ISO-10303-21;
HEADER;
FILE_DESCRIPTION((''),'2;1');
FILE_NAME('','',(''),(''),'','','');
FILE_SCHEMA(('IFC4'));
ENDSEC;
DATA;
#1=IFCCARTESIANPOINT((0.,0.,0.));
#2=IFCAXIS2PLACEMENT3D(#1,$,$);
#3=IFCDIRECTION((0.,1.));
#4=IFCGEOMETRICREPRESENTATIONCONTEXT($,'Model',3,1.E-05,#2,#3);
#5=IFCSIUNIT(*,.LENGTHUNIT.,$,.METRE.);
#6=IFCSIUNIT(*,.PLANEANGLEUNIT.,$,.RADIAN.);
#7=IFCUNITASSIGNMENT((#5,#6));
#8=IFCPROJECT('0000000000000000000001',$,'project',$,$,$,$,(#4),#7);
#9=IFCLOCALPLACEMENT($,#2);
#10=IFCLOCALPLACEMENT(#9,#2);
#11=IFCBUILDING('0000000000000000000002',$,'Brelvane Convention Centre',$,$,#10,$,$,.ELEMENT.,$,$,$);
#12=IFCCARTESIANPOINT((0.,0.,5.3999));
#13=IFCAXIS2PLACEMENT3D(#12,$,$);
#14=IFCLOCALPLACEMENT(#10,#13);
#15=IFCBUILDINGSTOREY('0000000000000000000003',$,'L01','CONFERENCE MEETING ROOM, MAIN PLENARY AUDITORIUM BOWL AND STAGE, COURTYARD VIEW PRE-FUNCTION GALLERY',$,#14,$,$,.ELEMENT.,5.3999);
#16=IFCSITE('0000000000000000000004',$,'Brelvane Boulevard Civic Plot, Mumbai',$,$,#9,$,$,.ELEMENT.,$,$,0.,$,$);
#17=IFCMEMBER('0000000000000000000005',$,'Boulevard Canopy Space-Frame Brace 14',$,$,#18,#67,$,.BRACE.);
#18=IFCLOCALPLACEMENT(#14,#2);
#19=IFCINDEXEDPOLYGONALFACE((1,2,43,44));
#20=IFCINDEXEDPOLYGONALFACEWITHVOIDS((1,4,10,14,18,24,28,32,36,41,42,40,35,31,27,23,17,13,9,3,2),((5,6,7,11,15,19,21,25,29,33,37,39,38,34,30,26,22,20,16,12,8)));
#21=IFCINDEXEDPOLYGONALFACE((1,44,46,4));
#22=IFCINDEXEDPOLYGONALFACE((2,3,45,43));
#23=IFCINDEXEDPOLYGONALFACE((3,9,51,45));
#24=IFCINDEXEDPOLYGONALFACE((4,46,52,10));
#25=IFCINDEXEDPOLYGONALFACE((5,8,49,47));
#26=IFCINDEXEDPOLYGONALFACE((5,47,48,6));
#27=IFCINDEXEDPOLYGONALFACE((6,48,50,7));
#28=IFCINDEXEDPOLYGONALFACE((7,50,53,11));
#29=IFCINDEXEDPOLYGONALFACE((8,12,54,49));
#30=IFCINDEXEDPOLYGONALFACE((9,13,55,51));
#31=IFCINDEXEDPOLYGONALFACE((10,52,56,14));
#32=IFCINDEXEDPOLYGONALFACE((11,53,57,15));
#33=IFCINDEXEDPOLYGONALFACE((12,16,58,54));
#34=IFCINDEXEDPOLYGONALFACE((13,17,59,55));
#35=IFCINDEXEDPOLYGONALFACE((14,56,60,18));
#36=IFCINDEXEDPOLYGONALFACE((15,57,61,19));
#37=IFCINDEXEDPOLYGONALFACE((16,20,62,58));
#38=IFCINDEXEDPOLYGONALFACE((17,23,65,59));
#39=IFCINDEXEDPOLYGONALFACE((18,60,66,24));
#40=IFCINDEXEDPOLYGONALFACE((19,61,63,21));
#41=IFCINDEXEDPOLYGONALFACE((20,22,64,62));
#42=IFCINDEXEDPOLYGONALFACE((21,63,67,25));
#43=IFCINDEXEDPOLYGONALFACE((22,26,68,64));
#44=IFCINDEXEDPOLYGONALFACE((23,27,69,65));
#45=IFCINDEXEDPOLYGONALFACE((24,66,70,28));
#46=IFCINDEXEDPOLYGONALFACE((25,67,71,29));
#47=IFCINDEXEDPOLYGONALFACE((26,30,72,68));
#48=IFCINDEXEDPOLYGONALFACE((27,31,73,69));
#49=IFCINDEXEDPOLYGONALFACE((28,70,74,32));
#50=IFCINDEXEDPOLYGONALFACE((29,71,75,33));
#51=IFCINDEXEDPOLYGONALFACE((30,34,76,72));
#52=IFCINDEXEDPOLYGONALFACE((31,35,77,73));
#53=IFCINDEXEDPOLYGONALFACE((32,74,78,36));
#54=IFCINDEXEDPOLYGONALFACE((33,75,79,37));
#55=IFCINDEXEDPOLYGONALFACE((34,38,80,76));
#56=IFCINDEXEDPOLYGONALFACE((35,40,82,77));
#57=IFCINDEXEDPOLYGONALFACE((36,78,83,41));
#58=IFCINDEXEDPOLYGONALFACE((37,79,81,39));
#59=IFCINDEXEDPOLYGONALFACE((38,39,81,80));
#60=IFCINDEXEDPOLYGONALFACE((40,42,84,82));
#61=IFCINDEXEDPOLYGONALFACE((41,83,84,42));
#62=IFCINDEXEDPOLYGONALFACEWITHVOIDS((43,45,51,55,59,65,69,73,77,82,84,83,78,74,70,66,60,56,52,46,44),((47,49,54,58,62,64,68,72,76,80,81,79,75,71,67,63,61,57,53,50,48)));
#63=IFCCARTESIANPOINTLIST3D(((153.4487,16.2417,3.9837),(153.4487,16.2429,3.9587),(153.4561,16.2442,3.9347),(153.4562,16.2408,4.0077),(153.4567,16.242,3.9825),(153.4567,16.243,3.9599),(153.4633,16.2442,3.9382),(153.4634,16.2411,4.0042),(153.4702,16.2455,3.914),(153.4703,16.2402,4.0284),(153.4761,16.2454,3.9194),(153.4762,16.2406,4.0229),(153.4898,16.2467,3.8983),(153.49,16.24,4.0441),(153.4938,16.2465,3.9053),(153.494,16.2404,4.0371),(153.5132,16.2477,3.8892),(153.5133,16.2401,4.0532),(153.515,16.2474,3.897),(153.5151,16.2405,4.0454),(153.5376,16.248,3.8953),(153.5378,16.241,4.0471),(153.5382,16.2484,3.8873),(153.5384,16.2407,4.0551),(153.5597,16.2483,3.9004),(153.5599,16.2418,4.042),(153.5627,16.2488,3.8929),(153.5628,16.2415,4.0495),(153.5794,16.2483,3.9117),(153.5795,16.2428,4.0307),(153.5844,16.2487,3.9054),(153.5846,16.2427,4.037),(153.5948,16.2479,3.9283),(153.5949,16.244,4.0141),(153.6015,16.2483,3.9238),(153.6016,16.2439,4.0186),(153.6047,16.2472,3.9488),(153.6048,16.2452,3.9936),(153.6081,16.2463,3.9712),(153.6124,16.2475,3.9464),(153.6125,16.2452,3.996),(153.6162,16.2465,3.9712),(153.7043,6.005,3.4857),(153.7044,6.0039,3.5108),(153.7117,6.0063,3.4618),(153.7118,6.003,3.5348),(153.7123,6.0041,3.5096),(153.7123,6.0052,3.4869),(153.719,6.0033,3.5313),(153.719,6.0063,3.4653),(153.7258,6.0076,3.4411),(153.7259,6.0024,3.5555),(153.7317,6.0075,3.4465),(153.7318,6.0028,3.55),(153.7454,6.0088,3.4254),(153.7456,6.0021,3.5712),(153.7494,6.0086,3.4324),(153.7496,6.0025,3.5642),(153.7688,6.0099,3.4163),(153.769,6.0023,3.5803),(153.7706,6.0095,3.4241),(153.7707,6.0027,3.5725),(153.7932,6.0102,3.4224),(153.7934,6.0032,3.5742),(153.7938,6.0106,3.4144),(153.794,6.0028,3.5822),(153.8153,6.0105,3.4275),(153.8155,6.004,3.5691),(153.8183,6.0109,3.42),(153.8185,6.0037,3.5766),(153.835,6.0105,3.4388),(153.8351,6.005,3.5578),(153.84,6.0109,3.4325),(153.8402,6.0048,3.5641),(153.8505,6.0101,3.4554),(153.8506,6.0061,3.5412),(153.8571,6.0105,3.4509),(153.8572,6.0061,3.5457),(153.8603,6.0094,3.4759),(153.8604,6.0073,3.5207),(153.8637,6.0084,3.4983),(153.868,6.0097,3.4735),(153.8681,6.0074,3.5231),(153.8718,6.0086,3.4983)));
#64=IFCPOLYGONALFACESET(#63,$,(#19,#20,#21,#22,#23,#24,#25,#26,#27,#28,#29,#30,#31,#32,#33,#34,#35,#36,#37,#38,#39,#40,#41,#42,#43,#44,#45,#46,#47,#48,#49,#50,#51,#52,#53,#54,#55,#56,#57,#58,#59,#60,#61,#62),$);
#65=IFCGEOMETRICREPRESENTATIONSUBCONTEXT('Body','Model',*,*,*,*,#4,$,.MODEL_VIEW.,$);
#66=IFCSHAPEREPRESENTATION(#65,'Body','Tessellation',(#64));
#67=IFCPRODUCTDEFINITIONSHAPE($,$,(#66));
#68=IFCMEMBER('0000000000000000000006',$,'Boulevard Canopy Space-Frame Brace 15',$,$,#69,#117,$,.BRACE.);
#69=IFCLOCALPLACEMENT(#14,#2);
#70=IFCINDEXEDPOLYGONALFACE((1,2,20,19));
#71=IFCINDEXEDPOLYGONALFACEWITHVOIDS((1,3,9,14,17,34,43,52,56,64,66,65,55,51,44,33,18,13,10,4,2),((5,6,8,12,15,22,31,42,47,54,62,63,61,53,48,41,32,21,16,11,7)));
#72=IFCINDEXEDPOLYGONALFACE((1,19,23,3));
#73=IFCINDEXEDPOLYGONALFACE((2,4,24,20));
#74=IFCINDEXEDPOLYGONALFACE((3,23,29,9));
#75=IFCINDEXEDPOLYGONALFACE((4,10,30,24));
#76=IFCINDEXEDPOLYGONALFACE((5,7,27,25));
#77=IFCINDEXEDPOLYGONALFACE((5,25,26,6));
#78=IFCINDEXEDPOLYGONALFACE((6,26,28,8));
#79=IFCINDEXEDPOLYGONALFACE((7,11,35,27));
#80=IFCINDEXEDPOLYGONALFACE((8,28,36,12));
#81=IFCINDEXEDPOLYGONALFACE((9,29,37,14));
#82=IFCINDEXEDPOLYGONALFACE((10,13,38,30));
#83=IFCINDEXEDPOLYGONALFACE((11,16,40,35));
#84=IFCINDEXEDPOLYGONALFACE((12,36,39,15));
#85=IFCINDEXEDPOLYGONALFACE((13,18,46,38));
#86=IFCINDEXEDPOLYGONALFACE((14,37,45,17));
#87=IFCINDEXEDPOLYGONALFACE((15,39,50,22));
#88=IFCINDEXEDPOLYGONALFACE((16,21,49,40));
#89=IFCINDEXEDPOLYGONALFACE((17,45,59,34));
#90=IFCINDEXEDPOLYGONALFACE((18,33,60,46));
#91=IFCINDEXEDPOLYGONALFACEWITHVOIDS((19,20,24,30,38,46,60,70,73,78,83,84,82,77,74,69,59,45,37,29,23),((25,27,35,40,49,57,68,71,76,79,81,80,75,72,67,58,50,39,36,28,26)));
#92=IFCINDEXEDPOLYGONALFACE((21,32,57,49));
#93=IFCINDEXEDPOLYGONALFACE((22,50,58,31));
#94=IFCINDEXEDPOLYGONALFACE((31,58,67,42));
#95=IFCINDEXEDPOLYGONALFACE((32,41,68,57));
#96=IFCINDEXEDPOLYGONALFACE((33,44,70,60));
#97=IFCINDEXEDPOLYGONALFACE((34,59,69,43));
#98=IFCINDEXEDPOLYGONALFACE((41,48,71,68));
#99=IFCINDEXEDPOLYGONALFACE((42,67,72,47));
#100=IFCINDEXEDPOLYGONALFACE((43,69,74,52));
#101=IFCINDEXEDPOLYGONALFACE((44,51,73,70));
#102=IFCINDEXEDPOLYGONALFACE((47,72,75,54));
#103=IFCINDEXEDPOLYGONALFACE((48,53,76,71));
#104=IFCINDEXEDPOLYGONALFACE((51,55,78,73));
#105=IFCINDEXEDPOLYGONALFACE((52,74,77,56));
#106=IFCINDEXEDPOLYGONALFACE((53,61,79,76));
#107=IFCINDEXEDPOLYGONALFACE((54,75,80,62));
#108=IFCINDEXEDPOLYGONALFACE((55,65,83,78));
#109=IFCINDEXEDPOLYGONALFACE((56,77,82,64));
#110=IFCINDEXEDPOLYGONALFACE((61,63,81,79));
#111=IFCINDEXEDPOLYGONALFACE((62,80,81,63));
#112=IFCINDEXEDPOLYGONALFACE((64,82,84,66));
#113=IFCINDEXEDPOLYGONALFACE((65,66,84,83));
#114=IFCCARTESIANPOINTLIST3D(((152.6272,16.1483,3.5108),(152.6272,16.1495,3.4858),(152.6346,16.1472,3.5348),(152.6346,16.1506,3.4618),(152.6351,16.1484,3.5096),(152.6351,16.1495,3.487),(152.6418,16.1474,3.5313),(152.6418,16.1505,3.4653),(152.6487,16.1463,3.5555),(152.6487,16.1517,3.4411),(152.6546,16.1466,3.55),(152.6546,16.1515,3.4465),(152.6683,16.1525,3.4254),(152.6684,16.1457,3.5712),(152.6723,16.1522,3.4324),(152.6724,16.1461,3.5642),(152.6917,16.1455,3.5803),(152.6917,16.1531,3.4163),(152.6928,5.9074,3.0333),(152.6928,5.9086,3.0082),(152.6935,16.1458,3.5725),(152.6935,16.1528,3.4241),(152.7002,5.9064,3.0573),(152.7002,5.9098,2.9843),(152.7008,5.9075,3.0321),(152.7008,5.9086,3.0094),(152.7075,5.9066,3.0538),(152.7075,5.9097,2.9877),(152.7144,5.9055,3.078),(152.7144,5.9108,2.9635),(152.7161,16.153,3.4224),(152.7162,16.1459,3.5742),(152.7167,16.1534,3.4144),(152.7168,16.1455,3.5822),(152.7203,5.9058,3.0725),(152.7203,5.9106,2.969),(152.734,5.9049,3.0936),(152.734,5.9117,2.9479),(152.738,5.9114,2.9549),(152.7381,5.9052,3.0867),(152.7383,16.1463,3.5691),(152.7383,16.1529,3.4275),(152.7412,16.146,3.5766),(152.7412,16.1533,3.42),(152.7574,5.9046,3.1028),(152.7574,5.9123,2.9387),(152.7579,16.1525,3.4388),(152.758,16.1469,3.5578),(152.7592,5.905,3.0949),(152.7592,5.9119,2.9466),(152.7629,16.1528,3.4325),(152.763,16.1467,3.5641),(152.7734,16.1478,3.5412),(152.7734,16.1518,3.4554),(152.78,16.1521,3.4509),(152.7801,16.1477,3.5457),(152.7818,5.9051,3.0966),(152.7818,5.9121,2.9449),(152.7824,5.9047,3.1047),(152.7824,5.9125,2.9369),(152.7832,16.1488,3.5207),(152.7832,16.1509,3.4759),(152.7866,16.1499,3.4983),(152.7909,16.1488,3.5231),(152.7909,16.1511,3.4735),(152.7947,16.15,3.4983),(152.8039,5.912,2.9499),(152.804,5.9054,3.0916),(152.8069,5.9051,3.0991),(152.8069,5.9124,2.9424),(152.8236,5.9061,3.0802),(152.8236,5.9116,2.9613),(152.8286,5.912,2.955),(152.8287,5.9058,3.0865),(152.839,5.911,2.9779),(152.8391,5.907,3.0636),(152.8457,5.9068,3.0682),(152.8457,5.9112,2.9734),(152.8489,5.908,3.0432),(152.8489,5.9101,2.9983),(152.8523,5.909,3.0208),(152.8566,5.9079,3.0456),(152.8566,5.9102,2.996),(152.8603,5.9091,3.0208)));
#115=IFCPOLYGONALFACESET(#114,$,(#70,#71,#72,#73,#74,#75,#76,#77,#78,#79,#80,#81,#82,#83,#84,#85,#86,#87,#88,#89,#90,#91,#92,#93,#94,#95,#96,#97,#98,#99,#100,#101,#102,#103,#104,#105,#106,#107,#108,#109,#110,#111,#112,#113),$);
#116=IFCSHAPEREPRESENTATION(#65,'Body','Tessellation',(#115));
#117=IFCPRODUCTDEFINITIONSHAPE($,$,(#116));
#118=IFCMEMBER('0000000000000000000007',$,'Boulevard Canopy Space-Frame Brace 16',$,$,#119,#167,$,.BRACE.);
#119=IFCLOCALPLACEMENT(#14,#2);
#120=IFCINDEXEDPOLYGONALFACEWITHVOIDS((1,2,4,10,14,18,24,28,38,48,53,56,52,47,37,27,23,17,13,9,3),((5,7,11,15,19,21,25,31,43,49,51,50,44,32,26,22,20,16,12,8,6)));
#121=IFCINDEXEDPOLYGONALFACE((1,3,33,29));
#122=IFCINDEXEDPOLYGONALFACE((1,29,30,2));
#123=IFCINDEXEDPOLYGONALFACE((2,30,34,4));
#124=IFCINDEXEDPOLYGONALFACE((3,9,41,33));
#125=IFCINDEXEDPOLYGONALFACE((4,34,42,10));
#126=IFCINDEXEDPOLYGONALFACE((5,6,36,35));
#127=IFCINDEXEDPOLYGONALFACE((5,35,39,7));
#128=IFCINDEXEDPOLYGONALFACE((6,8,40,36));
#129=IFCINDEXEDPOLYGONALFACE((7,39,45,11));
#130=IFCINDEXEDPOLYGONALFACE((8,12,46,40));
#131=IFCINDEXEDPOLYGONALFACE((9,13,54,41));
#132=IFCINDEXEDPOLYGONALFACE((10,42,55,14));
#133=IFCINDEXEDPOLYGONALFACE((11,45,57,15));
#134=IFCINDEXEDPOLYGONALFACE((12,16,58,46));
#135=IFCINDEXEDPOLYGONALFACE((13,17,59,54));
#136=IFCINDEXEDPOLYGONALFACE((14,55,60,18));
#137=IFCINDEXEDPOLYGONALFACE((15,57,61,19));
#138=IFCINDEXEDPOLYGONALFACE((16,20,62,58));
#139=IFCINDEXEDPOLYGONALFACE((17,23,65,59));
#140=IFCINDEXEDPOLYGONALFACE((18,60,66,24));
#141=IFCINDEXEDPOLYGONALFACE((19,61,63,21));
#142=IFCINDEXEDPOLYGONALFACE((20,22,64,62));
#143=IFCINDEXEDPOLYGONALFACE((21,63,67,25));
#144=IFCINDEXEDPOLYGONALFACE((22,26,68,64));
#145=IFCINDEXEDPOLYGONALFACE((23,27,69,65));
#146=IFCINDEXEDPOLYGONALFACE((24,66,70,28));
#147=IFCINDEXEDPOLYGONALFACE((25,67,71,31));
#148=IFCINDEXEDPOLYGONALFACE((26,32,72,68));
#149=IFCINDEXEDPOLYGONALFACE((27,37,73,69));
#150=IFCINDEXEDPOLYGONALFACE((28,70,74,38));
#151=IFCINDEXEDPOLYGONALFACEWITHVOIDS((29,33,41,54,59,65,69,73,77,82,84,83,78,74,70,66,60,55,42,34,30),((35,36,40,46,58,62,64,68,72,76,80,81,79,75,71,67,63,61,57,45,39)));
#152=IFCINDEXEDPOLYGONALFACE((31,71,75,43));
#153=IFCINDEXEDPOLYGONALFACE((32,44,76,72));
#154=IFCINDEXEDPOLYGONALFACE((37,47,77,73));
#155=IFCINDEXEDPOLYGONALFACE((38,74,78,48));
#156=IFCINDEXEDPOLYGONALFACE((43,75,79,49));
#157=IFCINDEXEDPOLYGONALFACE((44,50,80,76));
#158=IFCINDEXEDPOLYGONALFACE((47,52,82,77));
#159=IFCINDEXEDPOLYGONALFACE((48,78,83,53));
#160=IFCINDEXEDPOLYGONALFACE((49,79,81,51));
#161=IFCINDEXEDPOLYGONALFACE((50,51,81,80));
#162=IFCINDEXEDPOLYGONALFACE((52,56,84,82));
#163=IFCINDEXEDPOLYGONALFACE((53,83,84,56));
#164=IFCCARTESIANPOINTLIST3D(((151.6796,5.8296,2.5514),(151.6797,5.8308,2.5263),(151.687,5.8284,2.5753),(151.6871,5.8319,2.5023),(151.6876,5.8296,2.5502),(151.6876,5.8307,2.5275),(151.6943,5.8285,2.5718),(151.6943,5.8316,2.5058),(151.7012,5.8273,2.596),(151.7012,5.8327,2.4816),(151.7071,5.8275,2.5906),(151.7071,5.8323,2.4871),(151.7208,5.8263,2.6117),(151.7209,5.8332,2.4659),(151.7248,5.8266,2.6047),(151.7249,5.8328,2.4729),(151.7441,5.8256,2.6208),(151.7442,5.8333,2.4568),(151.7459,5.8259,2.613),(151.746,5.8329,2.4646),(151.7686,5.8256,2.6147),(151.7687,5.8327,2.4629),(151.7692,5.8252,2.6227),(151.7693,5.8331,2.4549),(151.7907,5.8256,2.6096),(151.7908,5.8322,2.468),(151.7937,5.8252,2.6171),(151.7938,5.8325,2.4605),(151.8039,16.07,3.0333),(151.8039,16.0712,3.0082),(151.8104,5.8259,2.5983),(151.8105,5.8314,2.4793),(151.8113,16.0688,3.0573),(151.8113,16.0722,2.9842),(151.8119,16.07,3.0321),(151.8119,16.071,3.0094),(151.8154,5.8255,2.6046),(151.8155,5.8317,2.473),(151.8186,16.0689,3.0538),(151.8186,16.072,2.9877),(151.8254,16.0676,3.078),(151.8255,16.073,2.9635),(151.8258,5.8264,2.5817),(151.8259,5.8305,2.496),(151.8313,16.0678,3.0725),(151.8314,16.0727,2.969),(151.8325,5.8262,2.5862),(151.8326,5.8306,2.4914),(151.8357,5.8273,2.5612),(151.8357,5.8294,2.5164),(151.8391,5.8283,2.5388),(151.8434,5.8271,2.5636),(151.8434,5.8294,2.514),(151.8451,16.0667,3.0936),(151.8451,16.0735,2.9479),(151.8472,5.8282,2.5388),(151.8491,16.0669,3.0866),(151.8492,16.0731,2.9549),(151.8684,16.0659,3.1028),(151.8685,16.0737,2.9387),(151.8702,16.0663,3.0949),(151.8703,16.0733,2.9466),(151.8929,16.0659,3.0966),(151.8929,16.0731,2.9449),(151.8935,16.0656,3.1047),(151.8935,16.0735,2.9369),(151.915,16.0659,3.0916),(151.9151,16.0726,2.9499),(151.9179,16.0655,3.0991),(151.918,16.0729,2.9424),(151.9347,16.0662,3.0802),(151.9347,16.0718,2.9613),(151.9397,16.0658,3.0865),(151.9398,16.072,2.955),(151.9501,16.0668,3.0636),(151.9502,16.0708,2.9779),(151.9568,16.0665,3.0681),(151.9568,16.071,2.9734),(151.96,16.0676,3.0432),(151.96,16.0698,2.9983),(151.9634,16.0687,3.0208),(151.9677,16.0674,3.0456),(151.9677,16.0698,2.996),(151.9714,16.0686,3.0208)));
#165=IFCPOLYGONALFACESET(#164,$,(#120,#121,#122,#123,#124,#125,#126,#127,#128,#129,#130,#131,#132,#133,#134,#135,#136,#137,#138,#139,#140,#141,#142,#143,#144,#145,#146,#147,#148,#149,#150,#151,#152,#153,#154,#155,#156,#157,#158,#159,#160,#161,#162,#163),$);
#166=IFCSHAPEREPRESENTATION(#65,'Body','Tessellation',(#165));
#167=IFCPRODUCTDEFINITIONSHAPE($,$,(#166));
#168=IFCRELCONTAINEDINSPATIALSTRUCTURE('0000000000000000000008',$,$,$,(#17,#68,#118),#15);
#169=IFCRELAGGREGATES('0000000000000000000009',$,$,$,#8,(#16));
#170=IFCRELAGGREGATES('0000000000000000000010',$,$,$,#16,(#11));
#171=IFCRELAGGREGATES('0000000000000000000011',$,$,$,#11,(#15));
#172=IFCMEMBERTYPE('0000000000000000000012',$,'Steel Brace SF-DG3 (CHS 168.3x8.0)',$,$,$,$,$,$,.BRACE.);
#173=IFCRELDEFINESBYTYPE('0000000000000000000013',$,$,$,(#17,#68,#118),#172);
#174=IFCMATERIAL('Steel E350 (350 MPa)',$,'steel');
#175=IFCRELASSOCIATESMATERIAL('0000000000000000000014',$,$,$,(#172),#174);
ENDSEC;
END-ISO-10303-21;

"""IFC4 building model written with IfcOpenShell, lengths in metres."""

from ifc_helpers import new_model, si_unit, direction, frame, origin, origin_2d, place, context, subcontext, project, spatial, hollow_circle, extrude, material, material_profile, profile_set, type_object, element, save


model = new_model("IFC4")

# Units and contexts
model_context = context("Model", 3, precision=1e-05, world=origin(), true_north=direction((0.0, 1.0)))
body_context = subcontext(model_context, "Body", "Model", "MODEL_VIEW")
ifc_project = project(units=[si_unit("LENGTHUNIT", "METRE"), si_unit("PLANEANGLEUNIT", "RADIAN")], contexts=[model_context])

# Site, building, storey
site_placement = place(None, origin())
site = spatial("IfcSite", under=ifc_project, at=site_placement, Name="Brelvane Boulevard Civic Plot, Mumbai", CompositionType="ELEMENT", RefElevation=0.0)
building_placement = place(site_placement, origin())
building = spatial("IfcBuilding", under=site, at=building_placement, Name="Brelvane Convention Centre", CompositionType="ELEMENT")
storey_placement = place(building_placement, frame((0.0, 0.0, 5.3999)))
storey = spatial("IfcBuildingStorey", under=building, at=storey_placement, Name="L01", Description="CONFERENCE MEETING ROOM, MAIN PLENARY AUDITORIUM BOWL AND STAGE, COURTYARD VIEW PRE-FUNCTION GALLERY", CompositionType="ELEMENT", Elevation=5.3999)

# Members
ifc_material_1 = material(Name="Steel E350 (350 MPa)", Category="steel")
ifc_material_profile_1 = material_profile(ifc_material_1, hollow_circle(Radius=0.0842, WallThickness=0.0081, at=origin_2d()), Name="CHS 168.3x8.0")
ifc_profile_set_1 = profile_set([ifc_material_profile_1], Name="Steel E350 (350 MPa)")
member_type_1 = type_object("IfcMemberType", Name="Steel Brace SF-DG3 (CHS 168.3x8.0)", PredefinedType="BRACE", material=ifc_profile_set_1)
member_1_placement = place(storey_placement, frame((153.532, 16.2444, 3.9712), z_axis=(0.024933, -0.998624, -0.046128), x_axis=(0.999688, 0.02496, 0.0)))
element("IfcMember", 1, at=member_1_placement, inside=storey, type_object=member_type_1, Name="Boulevard Canopy Space-Frame Brace 14", PredefinedType="BRACE", context=body_context, shape_type="SweptSolid", body=[
    extrude(hollow_circle(Radius=0.0842, WallThickness=0.0081, at=origin_2d()), origin(), (0.0, 0.0, 1.0), 10.252),
])
member_2_placement = place(storey_placement, frame((152.7104, 16.1494, 3.4983), z_axis=(0.006406, -0.998894, -0.046579), x_axis=(0.999979, 0.006413, 0.0)))
element("IfcMember", 2, at=member_2_placement, inside=storey, type_object=member_type_1, Name="Boulevard Canopy Space-Frame Brace 15", PredefinedType="BRACE", context=body_context, shape_type="SweptSolid", body=[
    extrude(hollow_circle(Radius=0.0842, WallThickness=0.0081, at=origin_2d()), origin(), (0.0, 0.0, 1.0), 10.2522),
])
member_3_placement = place(storey_placement, frame((151.8872, 16.0696, 3.0208), z_axis=(-0.012121, -0.998821, -0.047007), x_axis=(0.999926, -0.012134, 0.0)))
element("IfcMember", 3, at=member_3_placement, inside=storey, type_object=member_type_1, Name="Boulevard Canopy Space-Frame Brace 16", PredefinedType="BRACE", context=body_context, shape_type="SweptSolid", body=[
    extrude(hollow_circle(Radius=0.0842, WallThickness=0.0081, at=origin_2d()), origin(), (0.0, 0.0, 1.0), 10.2524),
])

save(model, "model.ifc")
